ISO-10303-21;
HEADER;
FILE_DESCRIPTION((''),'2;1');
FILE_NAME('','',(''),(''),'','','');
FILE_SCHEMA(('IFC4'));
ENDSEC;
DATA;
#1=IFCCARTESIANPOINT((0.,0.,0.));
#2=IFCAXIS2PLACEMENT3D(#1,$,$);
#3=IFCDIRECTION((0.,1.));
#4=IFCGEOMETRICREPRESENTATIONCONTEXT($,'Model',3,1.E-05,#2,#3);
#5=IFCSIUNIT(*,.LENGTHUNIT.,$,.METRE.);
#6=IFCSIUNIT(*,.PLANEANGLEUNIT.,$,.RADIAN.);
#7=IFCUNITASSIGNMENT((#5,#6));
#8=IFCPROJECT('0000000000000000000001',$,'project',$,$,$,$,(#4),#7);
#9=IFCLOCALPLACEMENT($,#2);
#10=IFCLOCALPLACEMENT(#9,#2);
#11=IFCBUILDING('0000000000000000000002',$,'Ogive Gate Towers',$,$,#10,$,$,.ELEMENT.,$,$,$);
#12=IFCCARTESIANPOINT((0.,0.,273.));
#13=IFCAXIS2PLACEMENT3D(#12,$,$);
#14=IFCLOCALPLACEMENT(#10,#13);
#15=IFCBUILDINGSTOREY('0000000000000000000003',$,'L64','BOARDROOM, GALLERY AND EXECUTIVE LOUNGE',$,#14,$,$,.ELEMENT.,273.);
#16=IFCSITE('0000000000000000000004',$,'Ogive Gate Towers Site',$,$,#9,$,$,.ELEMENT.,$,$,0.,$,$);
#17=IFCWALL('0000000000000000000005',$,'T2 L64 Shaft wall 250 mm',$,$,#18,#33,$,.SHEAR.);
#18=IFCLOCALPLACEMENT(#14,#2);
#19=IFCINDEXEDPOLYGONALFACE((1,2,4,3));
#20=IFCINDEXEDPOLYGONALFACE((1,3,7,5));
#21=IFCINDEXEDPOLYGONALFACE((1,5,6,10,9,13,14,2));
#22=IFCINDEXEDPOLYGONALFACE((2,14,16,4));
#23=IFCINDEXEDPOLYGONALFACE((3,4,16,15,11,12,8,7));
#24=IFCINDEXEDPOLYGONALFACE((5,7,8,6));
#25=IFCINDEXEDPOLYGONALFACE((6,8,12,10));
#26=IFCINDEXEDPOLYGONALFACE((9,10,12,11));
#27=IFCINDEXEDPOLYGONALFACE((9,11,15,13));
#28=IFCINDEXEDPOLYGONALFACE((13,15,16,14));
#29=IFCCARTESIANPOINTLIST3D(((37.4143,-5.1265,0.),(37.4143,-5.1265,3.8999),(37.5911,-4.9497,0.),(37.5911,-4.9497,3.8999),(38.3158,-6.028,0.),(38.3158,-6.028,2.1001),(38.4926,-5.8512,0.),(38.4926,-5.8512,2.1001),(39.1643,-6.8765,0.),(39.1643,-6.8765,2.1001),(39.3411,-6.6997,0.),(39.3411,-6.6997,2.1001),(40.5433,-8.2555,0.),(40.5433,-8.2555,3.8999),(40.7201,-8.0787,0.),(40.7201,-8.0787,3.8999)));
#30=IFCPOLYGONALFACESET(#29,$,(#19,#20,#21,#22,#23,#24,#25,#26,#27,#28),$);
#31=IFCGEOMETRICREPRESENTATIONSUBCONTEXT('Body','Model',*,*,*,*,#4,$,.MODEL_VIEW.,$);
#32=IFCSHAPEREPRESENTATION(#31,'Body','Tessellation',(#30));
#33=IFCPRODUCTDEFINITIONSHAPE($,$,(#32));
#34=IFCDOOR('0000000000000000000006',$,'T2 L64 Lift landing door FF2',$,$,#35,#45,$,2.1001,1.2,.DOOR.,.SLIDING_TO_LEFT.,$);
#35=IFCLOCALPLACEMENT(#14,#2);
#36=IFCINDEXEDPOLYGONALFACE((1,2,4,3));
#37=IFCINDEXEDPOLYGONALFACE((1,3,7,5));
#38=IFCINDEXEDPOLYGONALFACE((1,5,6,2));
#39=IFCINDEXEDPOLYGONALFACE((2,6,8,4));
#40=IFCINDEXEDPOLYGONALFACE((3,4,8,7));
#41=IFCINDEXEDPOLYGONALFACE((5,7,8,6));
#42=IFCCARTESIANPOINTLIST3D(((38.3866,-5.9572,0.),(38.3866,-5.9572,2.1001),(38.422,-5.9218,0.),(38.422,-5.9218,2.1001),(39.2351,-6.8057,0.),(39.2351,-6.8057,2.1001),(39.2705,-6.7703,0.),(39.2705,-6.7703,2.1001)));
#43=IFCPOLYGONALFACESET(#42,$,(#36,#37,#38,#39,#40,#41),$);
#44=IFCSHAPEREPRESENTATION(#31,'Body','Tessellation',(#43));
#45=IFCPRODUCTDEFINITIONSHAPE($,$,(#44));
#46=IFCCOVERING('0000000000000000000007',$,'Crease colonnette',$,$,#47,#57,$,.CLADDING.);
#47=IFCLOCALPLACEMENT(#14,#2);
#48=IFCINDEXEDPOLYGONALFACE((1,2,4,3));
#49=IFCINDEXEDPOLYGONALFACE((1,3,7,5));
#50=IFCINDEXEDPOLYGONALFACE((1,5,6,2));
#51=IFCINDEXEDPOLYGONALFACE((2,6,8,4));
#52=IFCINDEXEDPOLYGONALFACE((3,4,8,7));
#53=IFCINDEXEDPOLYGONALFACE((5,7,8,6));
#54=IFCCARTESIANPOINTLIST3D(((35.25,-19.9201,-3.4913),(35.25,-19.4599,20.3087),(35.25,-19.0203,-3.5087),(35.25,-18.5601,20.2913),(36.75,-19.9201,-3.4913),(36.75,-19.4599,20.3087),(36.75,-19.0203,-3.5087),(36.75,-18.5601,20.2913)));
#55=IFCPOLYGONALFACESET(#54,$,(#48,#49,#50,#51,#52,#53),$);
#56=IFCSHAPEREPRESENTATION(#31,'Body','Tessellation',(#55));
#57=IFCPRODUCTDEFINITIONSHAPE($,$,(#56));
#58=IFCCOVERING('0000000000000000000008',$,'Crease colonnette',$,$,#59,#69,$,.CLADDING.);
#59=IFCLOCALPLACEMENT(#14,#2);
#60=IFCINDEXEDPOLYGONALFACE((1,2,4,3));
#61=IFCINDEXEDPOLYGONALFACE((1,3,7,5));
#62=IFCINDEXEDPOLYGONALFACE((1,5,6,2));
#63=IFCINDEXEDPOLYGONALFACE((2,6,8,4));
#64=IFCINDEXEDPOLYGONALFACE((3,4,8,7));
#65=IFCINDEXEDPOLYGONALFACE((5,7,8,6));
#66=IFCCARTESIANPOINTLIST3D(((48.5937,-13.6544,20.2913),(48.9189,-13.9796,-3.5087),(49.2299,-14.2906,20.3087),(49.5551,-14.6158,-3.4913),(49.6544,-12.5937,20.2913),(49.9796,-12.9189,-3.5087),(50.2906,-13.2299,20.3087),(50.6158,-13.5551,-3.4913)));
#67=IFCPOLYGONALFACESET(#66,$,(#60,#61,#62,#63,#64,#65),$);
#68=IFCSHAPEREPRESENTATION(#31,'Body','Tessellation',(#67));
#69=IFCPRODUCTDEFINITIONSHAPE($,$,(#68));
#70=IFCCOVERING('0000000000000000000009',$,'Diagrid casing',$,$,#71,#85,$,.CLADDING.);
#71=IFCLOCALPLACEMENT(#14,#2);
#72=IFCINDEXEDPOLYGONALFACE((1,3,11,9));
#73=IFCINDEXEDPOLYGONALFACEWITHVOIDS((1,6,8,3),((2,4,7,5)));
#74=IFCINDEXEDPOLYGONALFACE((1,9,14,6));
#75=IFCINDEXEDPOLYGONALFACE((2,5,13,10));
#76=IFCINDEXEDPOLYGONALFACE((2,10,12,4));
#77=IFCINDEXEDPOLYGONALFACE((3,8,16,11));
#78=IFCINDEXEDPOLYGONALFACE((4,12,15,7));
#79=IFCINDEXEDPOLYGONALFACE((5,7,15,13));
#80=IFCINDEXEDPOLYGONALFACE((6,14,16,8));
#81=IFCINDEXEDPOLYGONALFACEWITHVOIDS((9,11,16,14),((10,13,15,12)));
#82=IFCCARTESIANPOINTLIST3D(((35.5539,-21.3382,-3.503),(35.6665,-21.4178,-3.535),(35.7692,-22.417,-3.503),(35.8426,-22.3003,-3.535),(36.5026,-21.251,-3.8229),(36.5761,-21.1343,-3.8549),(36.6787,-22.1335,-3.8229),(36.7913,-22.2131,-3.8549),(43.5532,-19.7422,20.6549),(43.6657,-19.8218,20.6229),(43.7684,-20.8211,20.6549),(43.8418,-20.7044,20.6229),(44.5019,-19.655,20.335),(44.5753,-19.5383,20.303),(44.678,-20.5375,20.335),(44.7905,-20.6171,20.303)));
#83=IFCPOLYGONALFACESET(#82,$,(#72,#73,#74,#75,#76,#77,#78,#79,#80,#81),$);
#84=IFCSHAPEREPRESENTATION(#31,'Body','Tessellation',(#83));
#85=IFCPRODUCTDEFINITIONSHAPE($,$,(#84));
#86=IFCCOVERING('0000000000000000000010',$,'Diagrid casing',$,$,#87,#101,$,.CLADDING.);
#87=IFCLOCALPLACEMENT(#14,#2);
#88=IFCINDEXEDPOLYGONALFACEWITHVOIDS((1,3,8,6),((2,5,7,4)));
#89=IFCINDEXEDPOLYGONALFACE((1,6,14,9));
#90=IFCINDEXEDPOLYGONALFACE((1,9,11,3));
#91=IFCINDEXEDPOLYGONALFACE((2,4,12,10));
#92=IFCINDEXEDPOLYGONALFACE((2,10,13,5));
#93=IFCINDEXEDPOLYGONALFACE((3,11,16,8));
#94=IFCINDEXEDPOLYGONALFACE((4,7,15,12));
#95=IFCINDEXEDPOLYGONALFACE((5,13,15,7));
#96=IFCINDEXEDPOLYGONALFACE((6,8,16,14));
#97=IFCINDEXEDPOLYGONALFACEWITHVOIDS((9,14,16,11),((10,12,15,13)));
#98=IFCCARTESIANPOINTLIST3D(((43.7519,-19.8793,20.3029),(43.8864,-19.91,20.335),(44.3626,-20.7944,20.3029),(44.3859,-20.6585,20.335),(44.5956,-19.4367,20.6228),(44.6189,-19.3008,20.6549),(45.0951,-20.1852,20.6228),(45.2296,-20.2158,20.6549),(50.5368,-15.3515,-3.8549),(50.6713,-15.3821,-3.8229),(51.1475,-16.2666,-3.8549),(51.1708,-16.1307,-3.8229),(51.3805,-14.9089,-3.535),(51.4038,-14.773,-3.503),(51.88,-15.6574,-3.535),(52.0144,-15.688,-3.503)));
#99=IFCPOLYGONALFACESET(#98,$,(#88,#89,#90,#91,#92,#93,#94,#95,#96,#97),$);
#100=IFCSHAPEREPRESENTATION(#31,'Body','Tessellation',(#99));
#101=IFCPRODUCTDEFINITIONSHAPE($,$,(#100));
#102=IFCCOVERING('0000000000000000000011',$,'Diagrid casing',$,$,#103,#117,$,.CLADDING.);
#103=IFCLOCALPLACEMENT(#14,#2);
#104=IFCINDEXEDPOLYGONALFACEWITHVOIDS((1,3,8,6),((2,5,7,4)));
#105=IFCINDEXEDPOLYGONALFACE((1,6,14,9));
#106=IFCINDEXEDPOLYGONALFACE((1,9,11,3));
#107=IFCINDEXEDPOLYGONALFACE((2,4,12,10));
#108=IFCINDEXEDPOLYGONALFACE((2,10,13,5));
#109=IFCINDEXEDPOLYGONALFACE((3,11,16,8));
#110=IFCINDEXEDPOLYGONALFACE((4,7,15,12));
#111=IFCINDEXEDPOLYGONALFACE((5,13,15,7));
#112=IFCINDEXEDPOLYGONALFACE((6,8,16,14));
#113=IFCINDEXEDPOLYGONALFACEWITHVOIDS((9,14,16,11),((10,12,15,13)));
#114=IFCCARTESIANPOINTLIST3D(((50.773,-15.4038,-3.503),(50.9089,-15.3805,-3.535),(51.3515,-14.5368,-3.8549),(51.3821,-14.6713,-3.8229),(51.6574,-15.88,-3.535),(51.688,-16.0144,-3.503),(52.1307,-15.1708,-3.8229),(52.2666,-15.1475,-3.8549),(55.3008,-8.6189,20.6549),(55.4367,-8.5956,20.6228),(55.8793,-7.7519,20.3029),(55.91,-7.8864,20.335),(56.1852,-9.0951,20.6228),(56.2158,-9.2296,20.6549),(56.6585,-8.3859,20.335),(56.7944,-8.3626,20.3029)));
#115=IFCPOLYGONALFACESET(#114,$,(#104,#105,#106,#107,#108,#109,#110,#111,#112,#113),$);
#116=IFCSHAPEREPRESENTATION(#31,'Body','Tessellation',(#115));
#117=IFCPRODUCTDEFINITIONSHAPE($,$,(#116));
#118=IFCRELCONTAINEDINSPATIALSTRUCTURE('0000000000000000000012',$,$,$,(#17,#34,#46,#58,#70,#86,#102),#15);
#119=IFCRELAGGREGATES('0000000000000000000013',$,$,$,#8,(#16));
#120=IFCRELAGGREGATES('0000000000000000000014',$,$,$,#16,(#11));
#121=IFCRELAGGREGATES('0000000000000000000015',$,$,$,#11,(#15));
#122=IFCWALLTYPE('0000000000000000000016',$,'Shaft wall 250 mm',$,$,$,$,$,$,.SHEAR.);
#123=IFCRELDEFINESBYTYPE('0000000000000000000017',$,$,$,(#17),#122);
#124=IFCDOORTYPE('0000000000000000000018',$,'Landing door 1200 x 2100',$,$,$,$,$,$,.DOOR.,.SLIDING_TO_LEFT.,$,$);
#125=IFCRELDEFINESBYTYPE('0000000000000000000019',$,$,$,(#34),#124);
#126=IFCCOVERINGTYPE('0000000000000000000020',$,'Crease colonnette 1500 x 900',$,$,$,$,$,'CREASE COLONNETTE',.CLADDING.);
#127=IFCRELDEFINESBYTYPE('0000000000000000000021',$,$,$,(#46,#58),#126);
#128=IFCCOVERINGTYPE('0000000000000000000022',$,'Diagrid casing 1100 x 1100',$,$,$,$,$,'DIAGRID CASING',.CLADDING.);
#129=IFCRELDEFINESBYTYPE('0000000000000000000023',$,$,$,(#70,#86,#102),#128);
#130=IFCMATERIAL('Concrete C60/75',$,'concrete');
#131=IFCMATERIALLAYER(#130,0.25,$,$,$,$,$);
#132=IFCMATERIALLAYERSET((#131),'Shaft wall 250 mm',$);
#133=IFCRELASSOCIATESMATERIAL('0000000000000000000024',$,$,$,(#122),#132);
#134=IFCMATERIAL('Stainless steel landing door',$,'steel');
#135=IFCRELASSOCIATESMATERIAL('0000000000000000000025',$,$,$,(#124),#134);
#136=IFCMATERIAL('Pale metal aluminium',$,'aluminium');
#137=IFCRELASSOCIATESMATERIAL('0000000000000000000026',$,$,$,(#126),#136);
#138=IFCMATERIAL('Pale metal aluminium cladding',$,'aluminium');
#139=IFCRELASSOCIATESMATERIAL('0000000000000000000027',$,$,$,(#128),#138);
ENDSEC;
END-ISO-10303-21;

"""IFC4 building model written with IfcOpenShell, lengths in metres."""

from ifc_helpers import new_model, si_unit, direction, frame, frame_2d, origin, origin_2d, place, context, subcontext, project, spatial, rectangle, hollow_rectangle, extrude, material, layer, layer_set, material_profile, profile_set, type_object, element, fill, save


model = new_model("IFC4")

# Units and contexts
model_context = context("Model", 3, precision=1e-05, world=origin(), true_north=direction((0.0, 1.0)))
body_context = subcontext(model_context, "Body", "Model", "MODEL_VIEW")
ifc_project = project(units=[si_unit("LENGTHUNIT", "METRE"), si_unit("PLANEANGLEUNIT", "RADIAN")], contexts=[model_context])

# Site, building, storey
site_placement = place(None, origin())
site = spatial("IfcSite", under=ifc_project, at=site_placement, Name="Ogive Gate Towers Site", CompositionType="ELEMENT", RefElevation=0.0)
building_placement = place(site_placement, origin())
building = spatial("IfcBuilding", under=site, at=building_placement, Name="Ogive Gate Towers", CompositionType="ELEMENT")
storey_placement = place(building_placement, frame((0.0, 0.0, 273.0)))
storey = spatial("IfcBuildingStorey", under=building, at=storey_placement, Name="L64", Description="BOARDROOM, GALLERY AND EXECUTIVE LOUNGE", CompositionType="ELEMENT", Elevation=273.0)

# Shared definitions
ifc_material_1 = material(Name="Concrete C60/75", Category="concrete")

# Shared definitions
ifc_layer_1 = layer(ifc_material_1, 0.25)
ifc_layer_set_1 = layer_set([ifc_layer_1], Name="Shaft wall 250 mm")
wall_type_1 = type_object("IfcWallType", Name="Shaft wall 250 mm", PredefinedType="SHEAR", material=ifc_layer_set_1)

# Wall, opening, door
wall_1_placement = place(storey_placement, frame((40.6316, -8.167, 0.0), z_axis=(0.0, 0.0, 1.0), x_axis=(-0.707107, 0.707107, 0.0)))
wall_1 = element("IfcWall", 1, at=wall_1_placement, inside=storey, type_object=wall_type_1, Name="T2 L64 Shaft wall 250 mm", PredefinedType="SHEAR", context=body_context, shape_type="SweptSolid", body=[
    extrude(rectangle(XDim=4.425, YDim=0.25, at=frame_2d((2.2124, 0.0))), origin(), (0.0, 0.0, 1.0), 3.8999),
])
opening_1_placement = place(wall_1_placement, frame((1.95, 0.0, 0.0)))
opening_1 = element("IfcOpeningElement", 2, at=opening_1_placement, cuts=wall_1, PredefinedType="OPENING", context=body_context, shape_type="SweptSolid", body=[
    extrude(rectangle(XDim=1.2, YDim=2.1001, at=frame_2d((0.6001, 1.05))), frame((0.0, 0.135, 0.0), z_axis=(0.0, -1.0, 0.0), x_axis=(1.0, 0.0, 0.0)), (0.0, 0.0, 1.0), 0.27),
])
ifc_material_2 = material(Name="Stainless steel landing door", Category="steel")
door_type_1 = type_object("IfcDoorType", Name="Landing door 1200 x 2100", OperationType="SLIDING_TO_LEFT", PredefinedType="DOOR", material=ifc_material_2)
door_1_placement = place(opening_1_placement, origin())
door_1 = element("IfcDoor", 3, at=door_1_placement, inside=storey, type_object=door_type_1, Name="T2 L64 Lift landing door FF2", OperationType="SLIDING_TO_LEFT", OverallHeight=2.1001, OverallWidth=1.2, PredefinedType="DOOR", context=body_context, shape_type="SweptSolid", body=[
    extrude(rectangle(XDim=1.2, YDim=2.1001, at=frame_2d((0.6001, 1.05))), frame((0.0, 0.0249, 0.0), z_axis=(0.0, -1.0, 0.0), x_axis=(1.0, 0.0, 0.0)), (0.0, 0.0, 1.0), 0.05),
])
fill(opening_1, door_1)

# Coverings
ifc_material_3 = material(Name="Pale metal aluminium", Category="aluminium")
ifc_material_profile_1 = material_profile(ifc_material_3, rectangle(XDim=1.5, YDim=0.8999, at=origin_2d()), Name="1500 x 900 pale metal aluminium")
ifc_profile_set_1 = profile_set([ifc_material_profile_1], Name="Pale metal aluminium")
covering_type_1 = type_object("IfcCoveringType", Name="Crease colonnette 1500 x 900", ElementType="CREASE COLONNETTE", PredefinedType="CLADDING", material=ifc_profile_set_1)
for number, where, z_axis, x_axis, name in (
    (4, (36.0, -19.4702, -3.5), (0.0, 0.019333, 0.999813), (-1.0, 0.0, 0.0), "Crease colonnette"),
    (5, (49.7673, -13.7673, -3.5), (-0.013661, 0.013661, 0.999813), (-0.707107, -0.707107, 0.0), "Crease colonnette"),
):
    element("IfcCovering", number, at=place(storey_placement, frame(where, z_axis=z_axis, x_axis=x_axis)), inside=storey, type_object=covering_type_1, Name=name, PredefinedType="CLADDING", context=body_context, shape_type="SweptSolid", body=[
        extrude(rectangle(XDim=1.5, YDim=0.8999, at=origin_2d()), origin(), (0.0, 0.0, 1.0), 23.8044),
    ])
ifc_material_4 = material(Name="Pale metal aluminium cladding", Category="aluminium")
ifc_material_profile_2 = material_profile(ifc_material_4, hollow_rectangle(XDim=1.1001, YDim=1.1001, WallThickness=0.1001, at=origin_2d()), Name="1100 x 1100 pale metal casing")
ifc_profile_set_2 = profile_set([ifc_material_profile_2], Name="Pale metal aluminium cladding")
covering_type_2 = type_object("IfcCoveringType", Name="Diagrid casing 1100 x 1100", ElementType="DIAGRID CASING", PredefinedType="CLADDING", material=ifc_profile_set_2)
for number, where, z_axis, x_axis, name in (
    (6, (36.1726, -21.7756, -3.679), (0.313723, 0.062591, 0.947449), (-0.195656, 0.980673, 0.0), "Diagrid casing"),
    (7, (51.2756, -15.5198, -3.679), (-0.266097, -0.177577, 0.947449), (0.555087, -0.831792, 0.0), "Diagrid casing"),
    (8, (51.5198, -15.2756, -3.679), (0.177577, 0.266097, 0.947449), (-0.831792, 0.555087, 0.0), "Diagrid casing"),
):
    element("IfcCovering", number, at=place(storey_placement, frame(where, z_axis=z_axis, x_axis=x_axis)), inside=storey, type_object=covering_type_2, Name=name, PredefinedType="CLADDING", context=body_context, shape_type="SweptSolid", body=[
        extrude(hollow_rectangle(XDim=1.1001, YDim=1.1001, WallThickness=0.1001, at=origin_2d()), origin(), (0.0, 0.0, 1.0), 25.4978),
    ])

save(model, "model.ifc")
